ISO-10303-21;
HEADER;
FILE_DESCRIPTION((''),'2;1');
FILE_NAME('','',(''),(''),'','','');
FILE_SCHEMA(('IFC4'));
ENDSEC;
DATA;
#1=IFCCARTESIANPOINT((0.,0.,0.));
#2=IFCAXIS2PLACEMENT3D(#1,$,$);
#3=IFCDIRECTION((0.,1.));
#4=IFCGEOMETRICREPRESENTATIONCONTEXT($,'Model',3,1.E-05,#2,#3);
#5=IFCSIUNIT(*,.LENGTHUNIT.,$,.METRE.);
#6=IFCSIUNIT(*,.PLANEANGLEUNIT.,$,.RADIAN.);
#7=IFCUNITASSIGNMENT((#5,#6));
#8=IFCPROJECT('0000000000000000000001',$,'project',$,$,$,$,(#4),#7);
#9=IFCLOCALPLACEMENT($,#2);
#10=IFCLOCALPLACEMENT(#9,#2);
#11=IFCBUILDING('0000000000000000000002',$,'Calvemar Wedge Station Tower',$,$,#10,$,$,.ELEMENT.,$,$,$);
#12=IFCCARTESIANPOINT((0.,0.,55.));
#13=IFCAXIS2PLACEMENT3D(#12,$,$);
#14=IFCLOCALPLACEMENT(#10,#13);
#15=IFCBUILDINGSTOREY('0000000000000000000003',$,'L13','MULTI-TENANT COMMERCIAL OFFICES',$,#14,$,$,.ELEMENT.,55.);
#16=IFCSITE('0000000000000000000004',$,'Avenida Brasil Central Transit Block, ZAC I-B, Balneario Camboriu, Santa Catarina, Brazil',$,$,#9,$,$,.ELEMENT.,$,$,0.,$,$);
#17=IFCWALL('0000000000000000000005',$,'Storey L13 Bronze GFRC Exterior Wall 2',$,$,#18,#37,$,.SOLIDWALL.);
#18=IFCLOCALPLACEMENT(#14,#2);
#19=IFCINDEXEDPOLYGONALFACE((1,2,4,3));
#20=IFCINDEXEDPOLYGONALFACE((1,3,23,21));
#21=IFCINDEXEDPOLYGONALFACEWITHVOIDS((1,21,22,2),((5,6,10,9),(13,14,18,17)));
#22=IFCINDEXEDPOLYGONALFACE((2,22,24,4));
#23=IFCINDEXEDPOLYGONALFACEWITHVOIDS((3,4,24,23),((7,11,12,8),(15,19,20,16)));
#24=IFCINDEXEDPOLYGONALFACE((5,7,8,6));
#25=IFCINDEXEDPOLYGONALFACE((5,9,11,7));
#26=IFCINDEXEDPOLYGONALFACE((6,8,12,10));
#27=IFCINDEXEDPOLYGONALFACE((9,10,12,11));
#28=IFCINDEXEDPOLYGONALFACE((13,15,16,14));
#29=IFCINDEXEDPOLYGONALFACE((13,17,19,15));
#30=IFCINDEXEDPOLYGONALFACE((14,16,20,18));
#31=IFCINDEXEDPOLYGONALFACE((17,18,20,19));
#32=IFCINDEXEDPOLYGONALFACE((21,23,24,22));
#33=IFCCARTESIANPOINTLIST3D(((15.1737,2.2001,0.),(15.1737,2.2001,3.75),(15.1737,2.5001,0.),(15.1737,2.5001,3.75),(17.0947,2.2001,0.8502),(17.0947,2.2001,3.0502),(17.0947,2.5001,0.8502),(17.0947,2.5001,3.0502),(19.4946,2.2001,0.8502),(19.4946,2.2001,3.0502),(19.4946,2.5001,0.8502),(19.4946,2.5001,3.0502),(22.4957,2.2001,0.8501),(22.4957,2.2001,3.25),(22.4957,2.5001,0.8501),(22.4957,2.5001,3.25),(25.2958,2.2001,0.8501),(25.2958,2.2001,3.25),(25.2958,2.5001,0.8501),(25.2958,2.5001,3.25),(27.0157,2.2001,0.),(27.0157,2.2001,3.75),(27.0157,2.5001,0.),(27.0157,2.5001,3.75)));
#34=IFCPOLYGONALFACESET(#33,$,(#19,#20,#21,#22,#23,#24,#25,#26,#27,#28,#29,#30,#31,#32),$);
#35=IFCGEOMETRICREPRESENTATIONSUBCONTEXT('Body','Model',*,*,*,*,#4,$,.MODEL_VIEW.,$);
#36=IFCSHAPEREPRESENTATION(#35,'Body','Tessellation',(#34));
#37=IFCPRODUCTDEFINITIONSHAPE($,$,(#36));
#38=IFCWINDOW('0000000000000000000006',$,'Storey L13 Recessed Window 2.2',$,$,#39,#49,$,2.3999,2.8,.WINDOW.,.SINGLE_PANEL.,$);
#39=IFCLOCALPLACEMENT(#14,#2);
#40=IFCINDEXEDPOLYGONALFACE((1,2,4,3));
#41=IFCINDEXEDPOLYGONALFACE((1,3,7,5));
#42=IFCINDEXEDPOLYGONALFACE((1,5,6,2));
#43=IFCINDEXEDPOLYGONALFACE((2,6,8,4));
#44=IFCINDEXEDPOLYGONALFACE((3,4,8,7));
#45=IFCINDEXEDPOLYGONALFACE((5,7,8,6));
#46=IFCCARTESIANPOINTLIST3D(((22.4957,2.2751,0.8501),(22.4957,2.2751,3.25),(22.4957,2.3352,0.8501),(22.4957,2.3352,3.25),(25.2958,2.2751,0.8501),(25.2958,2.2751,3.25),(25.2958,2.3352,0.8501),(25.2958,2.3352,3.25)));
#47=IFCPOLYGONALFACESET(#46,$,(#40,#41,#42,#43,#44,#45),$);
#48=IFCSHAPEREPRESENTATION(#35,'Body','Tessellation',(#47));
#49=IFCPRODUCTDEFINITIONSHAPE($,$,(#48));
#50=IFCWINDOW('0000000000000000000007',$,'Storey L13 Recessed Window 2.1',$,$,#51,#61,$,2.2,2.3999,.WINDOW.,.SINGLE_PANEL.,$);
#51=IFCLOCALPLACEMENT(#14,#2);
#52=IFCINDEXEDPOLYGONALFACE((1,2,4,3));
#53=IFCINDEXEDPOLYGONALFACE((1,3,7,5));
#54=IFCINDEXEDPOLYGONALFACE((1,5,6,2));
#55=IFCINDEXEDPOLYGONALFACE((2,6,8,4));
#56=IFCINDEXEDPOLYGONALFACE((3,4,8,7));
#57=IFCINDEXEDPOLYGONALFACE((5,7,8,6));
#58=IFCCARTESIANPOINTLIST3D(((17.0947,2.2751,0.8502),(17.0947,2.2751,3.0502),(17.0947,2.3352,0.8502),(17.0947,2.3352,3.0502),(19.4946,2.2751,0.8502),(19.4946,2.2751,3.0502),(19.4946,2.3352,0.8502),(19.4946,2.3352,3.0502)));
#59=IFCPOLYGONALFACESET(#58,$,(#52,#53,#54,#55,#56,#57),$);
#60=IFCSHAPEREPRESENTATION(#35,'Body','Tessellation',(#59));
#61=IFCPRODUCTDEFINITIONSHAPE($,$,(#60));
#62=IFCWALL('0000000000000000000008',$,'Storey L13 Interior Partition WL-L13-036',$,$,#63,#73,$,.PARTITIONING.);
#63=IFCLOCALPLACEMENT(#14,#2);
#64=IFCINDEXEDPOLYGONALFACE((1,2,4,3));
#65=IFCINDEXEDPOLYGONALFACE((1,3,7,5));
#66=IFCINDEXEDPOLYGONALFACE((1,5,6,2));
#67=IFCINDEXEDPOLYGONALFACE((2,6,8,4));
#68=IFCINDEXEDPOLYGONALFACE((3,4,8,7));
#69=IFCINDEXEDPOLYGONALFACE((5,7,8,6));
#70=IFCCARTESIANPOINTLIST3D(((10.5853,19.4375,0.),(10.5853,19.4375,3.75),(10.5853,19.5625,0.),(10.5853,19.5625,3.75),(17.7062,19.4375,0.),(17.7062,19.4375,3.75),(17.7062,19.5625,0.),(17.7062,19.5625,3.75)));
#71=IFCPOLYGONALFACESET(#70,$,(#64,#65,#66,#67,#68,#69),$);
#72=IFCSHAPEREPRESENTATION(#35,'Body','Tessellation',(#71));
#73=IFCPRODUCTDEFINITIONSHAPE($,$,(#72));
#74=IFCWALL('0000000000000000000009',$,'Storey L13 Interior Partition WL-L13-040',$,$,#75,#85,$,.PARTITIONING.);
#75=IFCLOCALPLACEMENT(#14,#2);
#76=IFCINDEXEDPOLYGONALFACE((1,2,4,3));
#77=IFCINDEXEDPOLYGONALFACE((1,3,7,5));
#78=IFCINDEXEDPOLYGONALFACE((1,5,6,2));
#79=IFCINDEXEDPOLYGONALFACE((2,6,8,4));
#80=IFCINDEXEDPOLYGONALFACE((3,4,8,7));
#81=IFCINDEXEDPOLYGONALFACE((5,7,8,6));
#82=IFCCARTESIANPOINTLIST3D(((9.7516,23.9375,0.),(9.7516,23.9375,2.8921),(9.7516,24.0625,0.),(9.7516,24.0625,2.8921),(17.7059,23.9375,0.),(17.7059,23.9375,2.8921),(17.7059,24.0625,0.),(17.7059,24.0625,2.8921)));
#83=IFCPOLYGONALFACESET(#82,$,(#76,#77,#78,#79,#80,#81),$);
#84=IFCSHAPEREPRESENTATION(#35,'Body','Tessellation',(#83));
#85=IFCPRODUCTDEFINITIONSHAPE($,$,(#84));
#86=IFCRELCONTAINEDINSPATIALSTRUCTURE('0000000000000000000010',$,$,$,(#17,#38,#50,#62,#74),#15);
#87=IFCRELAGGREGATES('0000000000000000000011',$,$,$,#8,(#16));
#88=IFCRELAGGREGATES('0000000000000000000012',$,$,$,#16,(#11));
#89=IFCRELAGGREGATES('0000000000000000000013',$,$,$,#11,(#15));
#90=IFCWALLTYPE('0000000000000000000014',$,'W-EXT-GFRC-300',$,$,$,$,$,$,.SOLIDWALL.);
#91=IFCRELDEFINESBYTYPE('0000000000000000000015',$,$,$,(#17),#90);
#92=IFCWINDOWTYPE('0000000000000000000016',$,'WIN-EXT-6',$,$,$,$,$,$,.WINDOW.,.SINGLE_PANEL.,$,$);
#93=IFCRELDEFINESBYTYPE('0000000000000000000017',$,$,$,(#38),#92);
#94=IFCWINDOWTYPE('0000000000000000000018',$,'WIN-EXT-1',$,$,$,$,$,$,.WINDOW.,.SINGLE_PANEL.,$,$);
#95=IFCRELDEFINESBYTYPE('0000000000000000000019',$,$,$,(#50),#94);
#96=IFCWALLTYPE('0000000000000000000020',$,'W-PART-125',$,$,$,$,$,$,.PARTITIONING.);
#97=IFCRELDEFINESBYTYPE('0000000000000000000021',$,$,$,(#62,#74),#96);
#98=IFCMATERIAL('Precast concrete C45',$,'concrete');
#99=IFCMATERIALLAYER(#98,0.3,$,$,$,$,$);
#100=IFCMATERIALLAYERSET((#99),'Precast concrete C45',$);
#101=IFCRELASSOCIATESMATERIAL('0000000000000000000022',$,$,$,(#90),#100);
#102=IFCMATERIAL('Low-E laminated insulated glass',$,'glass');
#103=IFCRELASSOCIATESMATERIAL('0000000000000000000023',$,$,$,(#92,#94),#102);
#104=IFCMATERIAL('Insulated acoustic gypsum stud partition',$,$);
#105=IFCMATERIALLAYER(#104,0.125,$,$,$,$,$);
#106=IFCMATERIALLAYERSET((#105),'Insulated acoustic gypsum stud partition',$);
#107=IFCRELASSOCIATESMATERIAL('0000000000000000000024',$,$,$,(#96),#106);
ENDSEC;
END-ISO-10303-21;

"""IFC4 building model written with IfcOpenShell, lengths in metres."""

from ifc_helpers import new_model, si_unit, direction, frame, frame_2d, origin, place, context, subcontext, project, spatial, rectangle, extrude, source, transform, mapped, material, layer, layer_set, type_object, element, fill, save


model = new_model("IFC4")

# Units and contexts
model_context = context("Model", 3, precision=1e-05, world=origin(), true_north=direction((0.0, 1.0)))
body_context = subcontext(model_context, "Body", "Model", "MODEL_VIEW")
ifc_project = project(units=[si_unit("LENGTHUNIT", "METRE"), si_unit("PLANEANGLEUNIT", "RADIAN")], contexts=[model_context])

# Site, building, storey
site_placement = place(None, origin())
site = spatial("IfcSite", under=ifc_project, at=site_placement, Name="Avenida Brasil Central Transit Block, ZAC I-B, Balneario Camboriu, Santa Catarina, Brazil", CompositionType="ELEMENT", RefElevation=0.0)
building_placement = place(site_placement, origin())
building = spatial("IfcBuilding", under=site, at=building_placement, Name="Calvemar Wedge Station Tower", CompositionType="ELEMENT")
storey_placement = place(building_placement, frame((0.0, 0.0, 55.0)))
storey = spatial("IfcBuildingStorey", under=building, at=storey_placement, Name="L13", Description="MULTI-TENANT COMMERCIAL OFFICES", CompositionType="ELEMENT", Elevation=55.0)

# Shared definitions
ifc_material_1 = material(Name="Precast concrete C45", Category="concrete")
ifc_layer_1 = layer(ifc_material_1, 0.3)
ifc_layer_set_1 = layer_set([ifc_layer_1], Name="Precast concrete C45")
wall_type_1 = type_object("IfcWallType", Name="W-EXT-GFRC-300", PredefinedType="SOLIDWALL", material=ifc_layer_set_1)
shared_shape_1 = source(origin(), body_context, "Body", "SweptSolid", [
    extrude(rectangle(XDim=2.8, YDim=2.3999, at=frame_2d((1.3999, 1.2))), frame((0.0, 0.1602, 0.0), z_axis=(0.0, -1.0, 0.0), x_axis=(1.0, 0.0, 0.0)), (0.0, 0.0, 1.0), 0.3201),
])
ifc_material_2 = material(Name="Low-E laminated insulated glass", Category="glass")
window_type_1 = type_object("IfcWindowType", Name="WIN-EXT-6", PartitioningType="SINGLE_PANEL", PredefinedType="WINDOW", material=ifc_material_2)
shared_shape_2 = source(origin(), body_context, "Body", "SweptSolid", [
    extrude(rectangle(XDim=2.8, YDim=2.3999, at=frame_2d((1.3999, 1.2))), frame((0.0, -0.0149, 0.0), z_axis=(0.0, -1.0, 0.0), x_axis=(1.0, 0.0, 0.0)), (0.0, 0.0, 1.0), 0.0601),
])

# Wall, openings, windows
wall_1_placement = place(storey_placement, frame((15.1738, 2.3501, 0.0), z_axis=(0.0, 0.0, 1.0), x_axis=(1.0, 0.0, 0.0)))
wall_1 = element("IfcWall", 1, at=wall_1_placement, inside=storey, type_object=wall_type_1, Name="Storey L13 Bronze GFRC Exterior Wall 2", PredefinedType="SOLIDWALL", context=body_context, shape_type="SweptSolid", body=[
    extrude(rectangle(XDim=11.842, YDim=0.3, at=frame_2d((5.9209, 0.0))), origin(), (0.0, 0.0, 1.0), 3.75),
])
shared_shape_3 = source(origin(), body_context, "Body", "SweptSolid", [
    extrude(rectangle(XDim=2.3999, YDim=2.2, at=frame_2d((1.2, 1.1001))), frame((0.0, 0.1602, 0.0), z_axis=(0.0, -1.0, 0.0), x_axis=(1.0, 0.0, 0.0)), (0.0, 0.0, 1.0), 0.3201),
])
opening_1_placement = place(wall_1_placement, frame((1.9209, 0.0, 0.8501)))
opening_1 = element("IfcOpeningElement", 2, at=opening_1_placement, cuts=wall_1, PredefinedType="OPENING", context=body_context, shape_type="MappedRepresentation", body=[
    mapped(shared_shape_3, transform((0.0, 0.0, 0.0), scale=1.0)),
])
opening_2_placement = place(wall_1_placement, frame((7.322, 0.0, 0.8501)))
opening_2 = element("IfcOpeningElement", 3, at=opening_2_placement, cuts=wall_1, PredefinedType="OPENING", context=body_context, shape_type="MappedRepresentation", body=[
    mapped(shared_shape_1, transform((0.0, 0.0, 0.0), scale=1.0)),
])
window_1_placement = place(opening_2_placement, origin())
window_1 = element("IfcWindow", 4, at=window_1_placement, inside=storey, type_object=window_type_1, Name="Storey L13 Recessed Window 2.2", OverallHeight=2.3999, OverallWidth=2.8, PartitioningType="SINGLE_PANEL", PredefinedType="WINDOW", context=body_context, shape_type="MappedRepresentation", body=[
    mapped(shared_shape_2, transform((0.0, 0.0, 0.0), scale=1.0)),
])
fill(opening_2, window_1)
window_type_2 = type_object("IfcWindowType", Name="WIN-EXT-1", PartitioningType="SINGLE_PANEL", PredefinedType="WINDOW", material=ifc_material_2)
shared_shape_4 = source(origin(), body_context, "Body", "SweptSolid", [
    extrude(rectangle(XDim=2.3999, YDim=2.2, at=frame_2d((1.2, 1.1001))), frame((0.0, -0.0149, 0.0), z_axis=(0.0, -1.0, 0.0), x_axis=(1.0, 0.0, 0.0)), (0.0, 0.0, 1.0), 0.0601),
])
window_2_placement = place(opening_1_placement, origin())
window_2 = element("IfcWindow", 5, at=window_2_placement, inside=storey, type_object=window_type_2, Name="Storey L13 Recessed Window 2.1", OverallHeight=2.2, OverallWidth=2.3999, PartitioningType="SINGLE_PANEL", PredefinedType="WINDOW", context=body_context, shape_type="MappedRepresentation", body=[
    mapped(shared_shape_4, transform((0.0, 0.0, 0.0), scale=1.0)),
])
fill(opening_1, window_2)

# Walls
ifc_material_3 = material(Name="Insulated acoustic gypsum stud partition")
ifc_layer_2 = layer(ifc_material_3, 0.125)
ifc_layer_set_2 = layer_set([ifc_layer_2], Name="Insulated acoustic gypsum stud partition")
wall_type_2 = type_object("IfcWallType", Name="W-PART-125", PredefinedType="PARTITIONING", material=ifc_layer_set_2)
wall_2_placement = place(storey_placement, frame((10.5852, 19.5, 0.0), z_axis=(0.0, 0.0, 1.0), x_axis=(1.0, 0.0, 0.0)))
element("IfcWall", 6, at=wall_2_placement, inside=storey, type_object=wall_type_2, Name="Storey L13 Interior Partition WL-L13-036", PredefinedType="PARTITIONING", context=body_context, shape_type="SweptSolid", body=[
    extrude(rectangle(XDim=7.1208, YDim=0.125, at=frame_2d((3.5605, 0.0))), origin(), (0.0, 0.0, 1.0), 3.75),
])
wall_3_placement = place(storey_placement, frame((9.7517, 24.0, 0.0), z_axis=(0.0, 0.0, 1.0), x_axis=(1.0, 0.0, 0.0)))
element("IfcWall", 7, at=wall_3_placement, inside=storey, type_object=wall_type_2, Name="Storey L13 Interior Partition WL-L13-040", PredefinedType="PARTITIONING", context=body_context, shape_type="SweptSolid", body=[
    extrude(rectangle(XDim=7.9543, YDim=0.125, at=frame_2d((3.9771, 0.0))), origin(), (0.0, 0.0, 1.0), 2.8921),
])

save(model, "model.ifc")
